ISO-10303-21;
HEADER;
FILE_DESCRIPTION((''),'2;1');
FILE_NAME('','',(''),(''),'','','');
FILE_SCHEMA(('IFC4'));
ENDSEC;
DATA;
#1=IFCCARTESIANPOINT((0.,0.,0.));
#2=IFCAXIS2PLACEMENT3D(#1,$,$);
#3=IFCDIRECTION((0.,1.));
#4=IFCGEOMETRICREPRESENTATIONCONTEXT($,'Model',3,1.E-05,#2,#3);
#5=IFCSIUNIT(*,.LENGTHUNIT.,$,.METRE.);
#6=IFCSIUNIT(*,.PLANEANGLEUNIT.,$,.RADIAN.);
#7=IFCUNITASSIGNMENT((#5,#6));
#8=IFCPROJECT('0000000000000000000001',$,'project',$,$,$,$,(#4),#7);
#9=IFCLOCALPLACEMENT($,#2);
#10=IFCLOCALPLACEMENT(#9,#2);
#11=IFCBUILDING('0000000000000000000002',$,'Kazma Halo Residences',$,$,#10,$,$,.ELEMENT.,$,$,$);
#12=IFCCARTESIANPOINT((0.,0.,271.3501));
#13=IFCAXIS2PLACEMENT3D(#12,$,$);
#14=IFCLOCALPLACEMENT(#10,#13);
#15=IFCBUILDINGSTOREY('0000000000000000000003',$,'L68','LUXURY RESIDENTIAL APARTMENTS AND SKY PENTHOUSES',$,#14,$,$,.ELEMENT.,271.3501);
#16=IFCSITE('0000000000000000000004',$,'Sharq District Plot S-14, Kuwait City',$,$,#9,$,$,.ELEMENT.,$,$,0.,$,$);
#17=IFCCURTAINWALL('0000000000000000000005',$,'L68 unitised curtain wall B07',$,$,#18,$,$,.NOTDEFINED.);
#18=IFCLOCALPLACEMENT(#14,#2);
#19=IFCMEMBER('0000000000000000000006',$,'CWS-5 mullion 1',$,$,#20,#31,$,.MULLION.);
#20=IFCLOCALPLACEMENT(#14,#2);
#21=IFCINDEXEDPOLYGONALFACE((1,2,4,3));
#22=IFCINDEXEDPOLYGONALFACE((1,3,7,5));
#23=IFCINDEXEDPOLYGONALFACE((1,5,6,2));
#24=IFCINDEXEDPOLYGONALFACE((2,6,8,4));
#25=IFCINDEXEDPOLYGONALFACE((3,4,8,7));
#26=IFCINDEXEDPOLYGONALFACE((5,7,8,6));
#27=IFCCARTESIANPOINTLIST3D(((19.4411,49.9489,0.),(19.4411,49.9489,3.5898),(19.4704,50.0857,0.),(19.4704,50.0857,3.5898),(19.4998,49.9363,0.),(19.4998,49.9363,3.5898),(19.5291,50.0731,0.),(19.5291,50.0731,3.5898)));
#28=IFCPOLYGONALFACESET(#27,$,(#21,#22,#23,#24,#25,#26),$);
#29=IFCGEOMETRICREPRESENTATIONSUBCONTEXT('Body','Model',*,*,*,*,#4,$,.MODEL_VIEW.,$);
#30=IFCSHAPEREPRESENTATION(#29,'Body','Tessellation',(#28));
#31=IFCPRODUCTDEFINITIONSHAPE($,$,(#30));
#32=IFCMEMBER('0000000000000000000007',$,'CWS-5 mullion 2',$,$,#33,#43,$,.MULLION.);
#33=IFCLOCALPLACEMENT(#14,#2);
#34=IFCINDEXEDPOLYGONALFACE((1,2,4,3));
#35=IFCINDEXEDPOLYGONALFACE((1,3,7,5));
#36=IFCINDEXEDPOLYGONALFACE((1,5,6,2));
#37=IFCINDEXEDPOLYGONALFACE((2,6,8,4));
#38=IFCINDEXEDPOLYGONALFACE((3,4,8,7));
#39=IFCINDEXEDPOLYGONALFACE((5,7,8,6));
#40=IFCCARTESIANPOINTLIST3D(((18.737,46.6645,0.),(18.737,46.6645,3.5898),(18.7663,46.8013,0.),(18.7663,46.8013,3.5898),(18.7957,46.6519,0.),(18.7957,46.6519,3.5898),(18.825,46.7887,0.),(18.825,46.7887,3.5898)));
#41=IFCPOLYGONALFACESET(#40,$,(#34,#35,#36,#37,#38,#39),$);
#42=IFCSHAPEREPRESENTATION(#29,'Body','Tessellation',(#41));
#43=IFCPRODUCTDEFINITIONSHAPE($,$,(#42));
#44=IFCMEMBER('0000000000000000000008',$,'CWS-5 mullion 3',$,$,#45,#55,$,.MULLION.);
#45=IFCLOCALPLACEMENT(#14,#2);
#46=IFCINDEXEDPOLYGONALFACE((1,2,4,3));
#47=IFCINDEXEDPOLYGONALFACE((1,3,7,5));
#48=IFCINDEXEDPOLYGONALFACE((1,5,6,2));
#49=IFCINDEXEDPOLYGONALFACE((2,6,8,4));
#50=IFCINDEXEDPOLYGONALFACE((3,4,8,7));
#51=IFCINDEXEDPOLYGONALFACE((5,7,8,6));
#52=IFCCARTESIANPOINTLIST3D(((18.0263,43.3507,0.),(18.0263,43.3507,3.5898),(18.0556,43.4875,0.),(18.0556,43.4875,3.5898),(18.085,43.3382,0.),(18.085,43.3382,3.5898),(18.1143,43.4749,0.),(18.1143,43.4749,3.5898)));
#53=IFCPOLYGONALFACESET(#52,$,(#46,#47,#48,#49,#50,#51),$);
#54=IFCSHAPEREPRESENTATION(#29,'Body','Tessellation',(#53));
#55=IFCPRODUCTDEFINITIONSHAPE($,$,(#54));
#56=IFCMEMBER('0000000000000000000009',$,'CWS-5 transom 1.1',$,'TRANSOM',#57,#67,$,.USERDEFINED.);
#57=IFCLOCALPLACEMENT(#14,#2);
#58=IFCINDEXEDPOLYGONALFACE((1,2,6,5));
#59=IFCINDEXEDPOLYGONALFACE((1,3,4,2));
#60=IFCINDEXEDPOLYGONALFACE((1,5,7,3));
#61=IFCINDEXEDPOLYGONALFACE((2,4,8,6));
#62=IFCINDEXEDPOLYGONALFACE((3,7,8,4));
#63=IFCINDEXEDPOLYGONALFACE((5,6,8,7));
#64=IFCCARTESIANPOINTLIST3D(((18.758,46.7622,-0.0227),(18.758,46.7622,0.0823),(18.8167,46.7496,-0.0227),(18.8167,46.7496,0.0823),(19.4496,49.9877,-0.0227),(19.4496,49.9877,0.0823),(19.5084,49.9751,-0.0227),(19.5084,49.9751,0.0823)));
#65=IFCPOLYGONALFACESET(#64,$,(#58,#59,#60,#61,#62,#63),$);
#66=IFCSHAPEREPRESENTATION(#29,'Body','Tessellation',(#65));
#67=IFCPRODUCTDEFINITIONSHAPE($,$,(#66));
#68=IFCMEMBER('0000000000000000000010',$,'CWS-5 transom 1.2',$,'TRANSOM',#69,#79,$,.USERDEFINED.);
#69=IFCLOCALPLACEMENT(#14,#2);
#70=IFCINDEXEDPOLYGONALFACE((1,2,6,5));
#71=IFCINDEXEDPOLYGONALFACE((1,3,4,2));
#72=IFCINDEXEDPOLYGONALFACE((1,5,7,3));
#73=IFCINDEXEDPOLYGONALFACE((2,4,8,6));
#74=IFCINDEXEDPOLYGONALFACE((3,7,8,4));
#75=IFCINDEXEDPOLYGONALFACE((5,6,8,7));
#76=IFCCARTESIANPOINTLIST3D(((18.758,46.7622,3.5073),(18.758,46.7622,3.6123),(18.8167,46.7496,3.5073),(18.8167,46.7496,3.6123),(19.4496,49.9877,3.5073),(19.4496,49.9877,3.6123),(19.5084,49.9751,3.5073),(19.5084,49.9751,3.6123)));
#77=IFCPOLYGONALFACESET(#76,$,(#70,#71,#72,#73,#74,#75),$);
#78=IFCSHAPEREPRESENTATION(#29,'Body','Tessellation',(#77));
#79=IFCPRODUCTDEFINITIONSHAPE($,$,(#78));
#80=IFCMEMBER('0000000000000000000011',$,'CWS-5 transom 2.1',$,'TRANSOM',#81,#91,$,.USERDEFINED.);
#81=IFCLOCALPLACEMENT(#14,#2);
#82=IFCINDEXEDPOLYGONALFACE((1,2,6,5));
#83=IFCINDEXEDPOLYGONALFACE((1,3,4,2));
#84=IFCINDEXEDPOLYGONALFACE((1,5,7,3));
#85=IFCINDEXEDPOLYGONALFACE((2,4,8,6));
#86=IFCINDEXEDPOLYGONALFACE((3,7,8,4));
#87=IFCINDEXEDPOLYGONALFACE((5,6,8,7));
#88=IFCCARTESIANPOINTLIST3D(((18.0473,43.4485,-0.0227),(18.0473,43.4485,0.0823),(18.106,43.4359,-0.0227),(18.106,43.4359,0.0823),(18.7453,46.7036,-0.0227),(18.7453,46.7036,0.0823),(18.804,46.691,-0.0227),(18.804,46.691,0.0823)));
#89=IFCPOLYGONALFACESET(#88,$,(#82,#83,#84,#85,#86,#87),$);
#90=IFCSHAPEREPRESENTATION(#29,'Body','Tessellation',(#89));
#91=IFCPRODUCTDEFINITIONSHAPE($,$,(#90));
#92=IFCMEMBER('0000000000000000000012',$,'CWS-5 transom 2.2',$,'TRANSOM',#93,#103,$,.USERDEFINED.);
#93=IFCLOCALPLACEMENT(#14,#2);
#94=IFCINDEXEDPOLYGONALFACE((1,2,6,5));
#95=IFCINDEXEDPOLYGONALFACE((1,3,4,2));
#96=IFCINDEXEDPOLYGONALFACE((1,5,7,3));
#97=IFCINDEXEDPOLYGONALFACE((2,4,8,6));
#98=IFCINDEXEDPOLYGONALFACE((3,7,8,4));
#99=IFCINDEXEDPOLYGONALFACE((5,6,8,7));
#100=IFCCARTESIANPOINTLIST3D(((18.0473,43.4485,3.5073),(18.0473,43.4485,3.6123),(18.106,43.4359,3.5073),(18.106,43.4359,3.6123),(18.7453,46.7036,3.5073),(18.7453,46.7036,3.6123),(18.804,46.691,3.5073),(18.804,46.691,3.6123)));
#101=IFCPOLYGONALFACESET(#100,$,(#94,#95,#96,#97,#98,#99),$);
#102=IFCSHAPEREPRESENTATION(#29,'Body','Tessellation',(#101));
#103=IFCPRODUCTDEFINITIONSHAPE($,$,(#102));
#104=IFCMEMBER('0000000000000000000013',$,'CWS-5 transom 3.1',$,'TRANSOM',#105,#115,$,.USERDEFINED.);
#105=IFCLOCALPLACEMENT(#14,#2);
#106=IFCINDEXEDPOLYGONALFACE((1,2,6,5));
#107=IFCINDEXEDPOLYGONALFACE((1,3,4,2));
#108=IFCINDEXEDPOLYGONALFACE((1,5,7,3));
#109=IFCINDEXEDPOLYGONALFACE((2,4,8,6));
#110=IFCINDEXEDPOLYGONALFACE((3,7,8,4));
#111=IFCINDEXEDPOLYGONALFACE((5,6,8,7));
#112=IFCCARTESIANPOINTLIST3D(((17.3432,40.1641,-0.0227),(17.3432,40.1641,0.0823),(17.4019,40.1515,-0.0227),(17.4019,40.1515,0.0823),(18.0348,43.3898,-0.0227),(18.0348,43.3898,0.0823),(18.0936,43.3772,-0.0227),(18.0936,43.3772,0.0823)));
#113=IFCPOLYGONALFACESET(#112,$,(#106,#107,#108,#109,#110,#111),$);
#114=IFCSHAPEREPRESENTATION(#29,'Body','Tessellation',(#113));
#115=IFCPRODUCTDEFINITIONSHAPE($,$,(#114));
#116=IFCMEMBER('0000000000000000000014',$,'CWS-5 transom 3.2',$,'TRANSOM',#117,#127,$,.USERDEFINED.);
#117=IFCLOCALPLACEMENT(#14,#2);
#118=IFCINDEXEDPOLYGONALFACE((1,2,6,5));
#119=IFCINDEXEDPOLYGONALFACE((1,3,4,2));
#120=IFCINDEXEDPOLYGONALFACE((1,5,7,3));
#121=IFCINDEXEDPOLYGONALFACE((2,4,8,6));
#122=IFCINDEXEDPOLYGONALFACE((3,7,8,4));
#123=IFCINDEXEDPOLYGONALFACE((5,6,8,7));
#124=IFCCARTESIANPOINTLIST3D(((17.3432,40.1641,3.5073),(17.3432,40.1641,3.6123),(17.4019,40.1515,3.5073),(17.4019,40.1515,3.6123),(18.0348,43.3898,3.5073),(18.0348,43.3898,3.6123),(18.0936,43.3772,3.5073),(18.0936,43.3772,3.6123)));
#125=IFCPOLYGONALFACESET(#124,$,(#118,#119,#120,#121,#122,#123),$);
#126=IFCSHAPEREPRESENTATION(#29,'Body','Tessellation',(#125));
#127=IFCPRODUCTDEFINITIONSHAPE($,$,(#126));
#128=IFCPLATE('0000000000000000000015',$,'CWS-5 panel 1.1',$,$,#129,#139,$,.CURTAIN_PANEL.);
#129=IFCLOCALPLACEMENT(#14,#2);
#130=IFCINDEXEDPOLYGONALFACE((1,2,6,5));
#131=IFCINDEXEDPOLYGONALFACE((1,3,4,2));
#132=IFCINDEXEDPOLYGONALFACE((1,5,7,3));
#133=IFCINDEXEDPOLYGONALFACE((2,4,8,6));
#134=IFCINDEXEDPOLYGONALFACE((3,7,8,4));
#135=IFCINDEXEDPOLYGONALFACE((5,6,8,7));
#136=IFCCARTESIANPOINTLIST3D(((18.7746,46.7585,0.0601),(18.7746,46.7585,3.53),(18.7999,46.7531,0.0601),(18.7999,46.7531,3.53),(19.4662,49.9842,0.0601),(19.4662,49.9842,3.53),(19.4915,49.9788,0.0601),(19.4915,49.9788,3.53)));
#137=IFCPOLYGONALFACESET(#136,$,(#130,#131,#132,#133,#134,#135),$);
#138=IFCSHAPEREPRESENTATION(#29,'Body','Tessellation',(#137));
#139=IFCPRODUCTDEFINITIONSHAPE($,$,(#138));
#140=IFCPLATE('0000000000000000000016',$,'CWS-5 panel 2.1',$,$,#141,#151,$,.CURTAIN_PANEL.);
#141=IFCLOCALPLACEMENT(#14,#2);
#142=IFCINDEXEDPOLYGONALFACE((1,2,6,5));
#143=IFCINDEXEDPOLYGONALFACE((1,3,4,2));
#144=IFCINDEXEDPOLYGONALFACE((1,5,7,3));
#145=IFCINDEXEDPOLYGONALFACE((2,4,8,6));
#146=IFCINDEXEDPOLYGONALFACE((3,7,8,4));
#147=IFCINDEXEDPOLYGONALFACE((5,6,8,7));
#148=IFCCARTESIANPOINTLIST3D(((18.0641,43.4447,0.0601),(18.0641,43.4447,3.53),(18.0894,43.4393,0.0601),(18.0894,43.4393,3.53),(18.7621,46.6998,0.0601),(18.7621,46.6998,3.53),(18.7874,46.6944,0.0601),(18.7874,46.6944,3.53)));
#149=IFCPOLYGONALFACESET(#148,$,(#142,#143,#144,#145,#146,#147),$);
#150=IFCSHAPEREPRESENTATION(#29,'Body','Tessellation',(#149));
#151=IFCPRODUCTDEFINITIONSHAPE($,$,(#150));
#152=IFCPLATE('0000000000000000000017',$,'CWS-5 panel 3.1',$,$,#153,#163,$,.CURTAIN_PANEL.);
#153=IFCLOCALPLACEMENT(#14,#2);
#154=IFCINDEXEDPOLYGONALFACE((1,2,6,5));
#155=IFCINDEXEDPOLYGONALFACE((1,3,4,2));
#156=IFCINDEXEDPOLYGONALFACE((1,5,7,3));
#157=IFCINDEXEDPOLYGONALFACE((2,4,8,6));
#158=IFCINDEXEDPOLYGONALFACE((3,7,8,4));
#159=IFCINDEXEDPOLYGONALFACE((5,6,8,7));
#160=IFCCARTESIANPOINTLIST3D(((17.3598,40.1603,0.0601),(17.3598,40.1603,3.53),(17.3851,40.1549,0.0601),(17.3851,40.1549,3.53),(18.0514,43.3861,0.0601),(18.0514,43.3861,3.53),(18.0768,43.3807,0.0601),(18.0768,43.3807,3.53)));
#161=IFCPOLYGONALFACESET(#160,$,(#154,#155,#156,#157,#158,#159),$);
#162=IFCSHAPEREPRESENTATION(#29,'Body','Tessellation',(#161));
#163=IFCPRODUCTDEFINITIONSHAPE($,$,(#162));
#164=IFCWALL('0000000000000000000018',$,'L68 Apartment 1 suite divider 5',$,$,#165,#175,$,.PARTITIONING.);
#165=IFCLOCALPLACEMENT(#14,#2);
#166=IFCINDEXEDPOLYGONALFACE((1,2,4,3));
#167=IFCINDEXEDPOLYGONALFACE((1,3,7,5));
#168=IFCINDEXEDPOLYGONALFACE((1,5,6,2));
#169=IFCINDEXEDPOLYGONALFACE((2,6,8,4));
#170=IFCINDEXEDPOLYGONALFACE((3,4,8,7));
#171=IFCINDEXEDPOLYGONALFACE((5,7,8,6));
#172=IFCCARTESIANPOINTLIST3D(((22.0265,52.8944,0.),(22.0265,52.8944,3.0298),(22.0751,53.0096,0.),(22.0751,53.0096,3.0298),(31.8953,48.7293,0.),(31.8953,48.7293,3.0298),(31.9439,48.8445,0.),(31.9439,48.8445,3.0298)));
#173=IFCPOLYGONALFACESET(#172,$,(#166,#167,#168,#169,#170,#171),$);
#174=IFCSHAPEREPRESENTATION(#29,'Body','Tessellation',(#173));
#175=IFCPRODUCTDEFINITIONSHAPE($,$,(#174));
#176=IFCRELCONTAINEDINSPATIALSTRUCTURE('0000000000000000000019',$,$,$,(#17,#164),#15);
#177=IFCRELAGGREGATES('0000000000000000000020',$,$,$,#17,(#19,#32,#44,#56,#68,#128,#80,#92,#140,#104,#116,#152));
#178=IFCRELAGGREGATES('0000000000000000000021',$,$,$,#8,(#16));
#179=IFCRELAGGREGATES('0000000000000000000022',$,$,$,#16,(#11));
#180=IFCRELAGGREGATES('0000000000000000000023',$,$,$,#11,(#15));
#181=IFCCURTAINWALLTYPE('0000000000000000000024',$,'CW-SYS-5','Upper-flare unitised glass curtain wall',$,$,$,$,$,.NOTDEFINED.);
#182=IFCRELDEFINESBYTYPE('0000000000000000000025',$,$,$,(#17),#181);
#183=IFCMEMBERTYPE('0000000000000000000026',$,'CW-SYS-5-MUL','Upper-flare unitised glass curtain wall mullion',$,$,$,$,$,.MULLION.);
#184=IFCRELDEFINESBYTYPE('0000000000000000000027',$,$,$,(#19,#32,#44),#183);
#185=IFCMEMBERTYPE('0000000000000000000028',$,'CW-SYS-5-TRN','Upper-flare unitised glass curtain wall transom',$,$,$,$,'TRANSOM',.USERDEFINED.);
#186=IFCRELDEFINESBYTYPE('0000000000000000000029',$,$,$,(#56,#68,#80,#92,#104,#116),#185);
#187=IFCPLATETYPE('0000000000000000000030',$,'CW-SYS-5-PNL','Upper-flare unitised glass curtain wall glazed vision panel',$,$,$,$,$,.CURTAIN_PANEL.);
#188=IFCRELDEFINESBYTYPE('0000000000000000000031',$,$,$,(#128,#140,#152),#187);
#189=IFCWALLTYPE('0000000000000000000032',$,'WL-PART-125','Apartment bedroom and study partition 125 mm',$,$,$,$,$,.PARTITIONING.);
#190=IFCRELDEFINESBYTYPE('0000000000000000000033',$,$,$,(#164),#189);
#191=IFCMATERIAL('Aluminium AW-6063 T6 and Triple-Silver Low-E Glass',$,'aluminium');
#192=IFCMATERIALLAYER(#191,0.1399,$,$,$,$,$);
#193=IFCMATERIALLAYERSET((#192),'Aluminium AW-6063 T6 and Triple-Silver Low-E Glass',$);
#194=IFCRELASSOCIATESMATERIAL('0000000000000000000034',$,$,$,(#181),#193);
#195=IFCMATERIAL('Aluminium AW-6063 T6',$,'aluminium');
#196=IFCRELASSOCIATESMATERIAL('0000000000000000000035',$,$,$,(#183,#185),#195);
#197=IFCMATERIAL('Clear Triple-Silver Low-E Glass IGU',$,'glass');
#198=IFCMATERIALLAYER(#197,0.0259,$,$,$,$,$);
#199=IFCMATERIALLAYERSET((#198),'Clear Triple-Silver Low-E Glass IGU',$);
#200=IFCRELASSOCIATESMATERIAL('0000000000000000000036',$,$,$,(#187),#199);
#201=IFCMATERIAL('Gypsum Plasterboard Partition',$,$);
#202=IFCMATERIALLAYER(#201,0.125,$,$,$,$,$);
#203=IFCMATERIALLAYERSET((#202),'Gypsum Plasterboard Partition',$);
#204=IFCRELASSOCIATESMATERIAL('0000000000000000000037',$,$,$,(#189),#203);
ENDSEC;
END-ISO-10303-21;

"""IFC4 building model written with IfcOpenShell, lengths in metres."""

from ifc_helpers import new_model, si_unit, direction, frame, frame_2d, origin, origin_2d, place, context, subcontext, project, spatial, rectangle, extrude, material, layer, layer_set, material_profile, profile_set, type_object, element, aggregate, save


model = new_model("IFC4")

# Units and contexts
model_context = context("Model", 3, precision=1e-05, world=origin(), true_north=direction((0.0, 1.0)))
body_context = subcontext(model_context, "Body", "Model", "MODEL_VIEW")
ifc_project = project(units=[si_unit("LENGTHUNIT", "METRE"), si_unit("PLANEANGLEUNIT", "RADIAN")], contexts=[model_context])

# Site, building, storey
site_placement = place(None, origin())
site = spatial("IfcSite", under=ifc_project, at=site_placement, Name="Sharq District Plot S-14, Kuwait City", CompositionType="ELEMENT", RefElevation=0.0)
building_placement = place(site_placement, origin())
building = spatial("IfcBuilding", under=site, at=building_placement, Name="Kazma Halo Residences", CompositionType="ELEMENT")
storey_placement = place(building_placement, frame((0.0, 0.0, 271.3501)))
storey = spatial("IfcBuildingStorey", under=building, at=storey_placement, Name="L68", Description="LUXURY RESIDENTIAL APARTMENTS AND SKY PENTHOUSES", CompositionType="ELEMENT", Elevation=271.3501)

# Curtain wall, members, plates
ifc_material_1 = material(Name="Aluminium AW-6063 T6 and Triple-Silver Low-E Glass", Category="aluminium")
ifc_layer_1 = layer(ifc_material_1, 0.1399)
ifc_layer_set_1 = layer_set([ifc_layer_1], Name="Aluminium AW-6063 T6 and Triple-Silver Low-E Glass")
curtain_wall_type = type_object("IfcCurtainWallType", Name="CW-SYS-5", Description="Upper-flare unitised glass curtain wall", PredefinedType="NOTDEFINED", material=ifc_layer_set_1)
curtain_wall_placement = place(storey_placement, origin())
curtain_wall = element("IfcCurtainWall", 1, at=curtain_wall_placement, inside=storey, type_object=curtain_wall_type, Name="L68 unitised curtain wall B07", PredefinedType="NOTDEFINED")
ifc_material_2 = material(Name="Aluminium AW-6063 T6", Category="aluminium")
ifc_material_profile_1 = material_profile(ifc_material_2, rectangle(XDim=0.0601, YDim=0.1399, at=origin_2d()), Name="CWM-60x140")
ifc_profile_set_1 = profile_set([ifc_material_profile_1], Name="Aluminium AW-6063 T6")
member_type_1 = type_object("IfcMemberType", Name="CW-SYS-5-MUL", Description="Upper-flare unitised glass curtain wall mullion", PredefinedType="MULLION", material=ifc_profile_set_1)
member_1_placement = place(storey_placement, frame((19.4851, 50.011, 0.0), z_axis=(0.0, 0.0, 1.0), x_axis=(0.977775, -0.209657, 0.0)))
member_1 = element("IfcMember", 2, at=member_1_placement, type_object=member_type_1, Name="CWS-5 mullion 1", PredefinedType="MULLION", context=body_context, shape_type="SweptSolid", body=[
    extrude(rectangle(XDim=0.0601, YDim=0.1399, at=origin_2d()), origin(), (0.0, 0.0, 1.0), 3.5898),
])
member_2_placement = place(storey_placement, frame((18.781, 46.7266, 0.0), z_axis=(0.0, 0.0, 1.0), x_axis=(0.977775, -0.209657, 0.0)))
member_2 = element("IfcMember", 3, at=member_2_placement, type_object=member_type_1, Name="CWS-5 mullion 2", PredefinedType="MULLION", context=body_context, shape_type="SweptSolid", body=[
    extrude(rectangle(XDim=0.0601, YDim=0.1399, at=origin_2d()), origin(), (0.0, 0.0, 1.0), 3.5898),
])
member_3_placement = place(storey_placement, frame((18.0703, 43.4128, 0.0), z_axis=(0.0, 0.0, 1.0), x_axis=(0.977775, -0.209657, 0.0)))
member_3 = element("IfcMember", 4, at=member_3_placement, type_object=member_type_1, Name="CWS-5 mullion 3", PredefinedType="MULLION", context=body_context, shape_type="SweptSolid", body=[
    extrude(rectangle(XDim=0.0601, YDim=0.1399, at=origin_2d()), origin(), (0.0, 0.0, 1.0), 3.5898),
])
ifc_material_profile_2 = material_profile(ifc_material_2, rectangle(XDim=0.0601, YDim=0.105, at=origin_2d()), Name="CWT-60x105")
ifc_profile_set_2 = profile_set([ifc_material_profile_2], Name="Aluminium AW-6063 T6")
member_type_2 = type_object("IfcMemberType", Name="CW-SYS-5-TRN", Description="Upper-flare unitised glass curtain wall transom", ElementType="TRANSOM", PredefinedType="USERDEFINED", material=ifc_profile_set_2)
member_4_placement = place(storey_placement, frame((19.479, 49.9814, 0.0298), z_axis=(-0.20966, -0.977774, 0.0), x_axis=(0.977774, -0.20966, 0.0)))
member_4 = element("IfcMember", 5, at=member_4_placement, type_object=member_type_2, Name="CWS-5 transom 1.1", ObjectType="TRANSOM", PredefinedType="USERDEFINED", context=body_context, shape_type="SweptSolid", body=[
    extrude(rectangle(XDim=0.0601, YDim=0.105, at=origin_2d()), origin(), (0.0, 0.0, 1.0), 3.2988),
])
member_5_placement = place(storey_placement, frame((19.479, 49.9814, 3.5598), z_axis=(-0.20966, -0.977774, 0.0), x_axis=(0.977774, -0.20966, 0.0)))
member_5 = element("IfcMember", 6, at=member_5_placement, type_object=member_type_2, Name="CWS-5 transom 1.2", ObjectType="TRANSOM", PredefinedType="USERDEFINED", context=body_context, shape_type="SweptSolid", body=[
    extrude(rectangle(XDim=0.0601, YDim=0.105, at=origin_2d()), origin(), (0.0, 0.0, 1.0), 3.2988),
])
member_6_placement = place(storey_placement, frame((18.7747, 46.6973, 0.0298), z_axis=(-0.209664, -0.977773, 0.0), x_axis=(0.977773, -0.209664, 0.0)))
member_6 = element("IfcMember", 7, at=member_6_placement, type_object=member_type_2, Name="CWS-5 transom 2.1", ObjectType="TRANSOM", PredefinedType="USERDEFINED", context=body_context, shape_type="SweptSolid", body=[
    extrude(rectangle(XDim=0.0601, YDim=0.105, at=origin_2d()), origin(), (0.0, 0.0, 1.0), 3.3291),
])
member_7_placement = place(storey_placement, frame((18.7747, 46.6973, 3.5598), z_axis=(-0.209664, -0.977773, 0.0), x_axis=(0.977773, -0.209664, 0.0)))
member_7 = element("IfcMember", 8, at=member_7_placement, type_object=member_type_2, Name="CWS-5 transom 2.2", ObjectType="TRANSOM", PredefinedType="USERDEFINED", context=body_context, shape_type="SweptSolid", body=[
    extrude(rectangle(XDim=0.0601, YDim=0.105, at=origin_2d()), origin(), (0.0, 0.0, 1.0), 3.3291),
])
member_8_placement = place(storey_placement, frame((18.0642, 43.3835, 0.0298), z_axis=(-0.209645, -0.977777, 0.0), x_axis=(0.977777, -0.209645, 0.0)))
member_8 = element("IfcMember", 9, at=member_8_placement, type_object=member_type_2, Name="CWS-5 transom 3.1", ObjectType="TRANSOM", PredefinedType="USERDEFINED", context=body_context, shape_type="SweptSolid", body=[
    extrude(rectangle(XDim=0.0601, YDim=0.105, at=origin_2d()), origin(), (0.0, 0.0, 1.0), 3.2991),
])
member_9_placement = place(storey_placement, frame((18.0642, 43.3835, 3.5598), z_axis=(-0.209645, -0.977777, 0.0), x_axis=(0.977777, -0.209645, 0.0)))
member_9 = element("IfcMember", 10, at=member_9_placement, type_object=member_type_2, Name="CWS-5 transom 3.2", ObjectType="TRANSOM", PredefinedType="USERDEFINED", context=body_context, shape_type="SweptSolid", body=[
    extrude(rectangle(XDim=0.0601, YDim=0.105, at=origin_2d()), origin(), (0.0, 0.0, 1.0), 3.2991),
])
ifc_material_3 = material(Name="Clear Triple-Silver Low-E Glass IGU", Category="glass")
ifc_layer_2 = layer(ifc_material_3, 0.0259)
ifc_layer_set_2 = layer_set([ifc_layer_2], Name="Clear Triple-Silver Low-E Glass IGU")
plate_type = type_object("IfcPlateType", Name="CW-SYS-5-PNL", Description="Upper-flare unitised glass curtain wall glazed vision panel", PredefinedType="CURTAIN_PANEL", material=ifc_layer_set_2)
plate_1_placement = place(storey_placement, frame((19.1331, 48.3687, 0.0601), z_axis=(0.0, 0.0, 1.0), x_axis=(-0.209657, -0.977775, 0.0)))
plate_1 = element("IfcPlate", 11, at=plate_1_placement, type_object=plate_type, Name="CWS-5 panel 1.1", PredefinedType="CURTAIN_PANEL", context=body_context, shape_type="SweptSolid", body=[
    extrude(rectangle(XDim=3.2991, YDim=0.0259, at=origin_2d()), origin(), (0.0, 0.0, 1.0), 3.47),
])
plate_2_placement = place(storey_placement, frame((18.4258, 45.0696, 0.0601), z_axis=(0.0, 0.0, 1.0), x_axis=(-0.209657, -0.977775, 0.0)))
plate_2 = element("IfcPlate", 12, at=plate_2_placement, type_object=plate_type, Name="CWS-5 panel 2.1", PredefinedType="CURTAIN_PANEL", context=body_context, shape_type="SweptSolid", body=[
    extrude(rectangle(XDim=3.3291, YDim=0.0259, at=origin_2d()), origin(), (0.0, 0.0, 1.0), 3.47),
])
plate_3_placement = place(storey_placement, frame((17.7183, 41.7705, 0.0601), z_axis=(0.0, 0.0, 1.0), x_axis=(-0.209657, -0.977775, 0.0)))
plate_3 = element("IfcPlate", 13, at=plate_3_placement, type_object=plate_type, Name="CWS-5 panel 3.1", PredefinedType="CURTAIN_PANEL", context=body_context, shape_type="SweptSolid", body=[
    extrude(rectangle(XDim=3.2991, YDim=0.0259, at=origin_2d()), origin(), (0.0, 0.0, 1.0), 3.47),
])
aggregate(curtain_wall, [member_1, member_2, member_3, member_4, member_5, plate_1, member_6, member_7, plate_2, member_8, member_9, plate_3])

# Wall
ifc_material_4 = material(Name="Gypsum Plasterboard Partition")
ifc_layer_3 = layer(ifc_material_4, 0.125)
ifc_layer_set_3 = layer_set([ifc_layer_3], Name="Gypsum Plasterboard Partition")
wall_type_1 = type_object("IfcWallType", Name="WL-PART-125", Description="Apartment bedroom and study partition 125 mm", PredefinedType="PARTITIONING", material=ifc_layer_set_3)
wall_1_placement = place(storey_placement, frame((31.9197, 48.7869, 0.0), z_axis=(0.0, 0.0, 1.0), x_axis=(-0.921307, 0.388835, 0.0)))
element("IfcWall", 14, at=wall_1_placement, inside=storey, type_object=wall_type_1, Name="L68 Apartment 1 suite divider 5", PredefinedType="PARTITIONING", context=body_context, shape_type="SweptSolid", body=[
    extrude(rectangle(XDim=10.7117, YDim=0.125, at=frame_2d((5.356, 0.0))), origin(), (0.0, 0.0, 1.0), 3.0298),
])

save(model, "model.ifc")
